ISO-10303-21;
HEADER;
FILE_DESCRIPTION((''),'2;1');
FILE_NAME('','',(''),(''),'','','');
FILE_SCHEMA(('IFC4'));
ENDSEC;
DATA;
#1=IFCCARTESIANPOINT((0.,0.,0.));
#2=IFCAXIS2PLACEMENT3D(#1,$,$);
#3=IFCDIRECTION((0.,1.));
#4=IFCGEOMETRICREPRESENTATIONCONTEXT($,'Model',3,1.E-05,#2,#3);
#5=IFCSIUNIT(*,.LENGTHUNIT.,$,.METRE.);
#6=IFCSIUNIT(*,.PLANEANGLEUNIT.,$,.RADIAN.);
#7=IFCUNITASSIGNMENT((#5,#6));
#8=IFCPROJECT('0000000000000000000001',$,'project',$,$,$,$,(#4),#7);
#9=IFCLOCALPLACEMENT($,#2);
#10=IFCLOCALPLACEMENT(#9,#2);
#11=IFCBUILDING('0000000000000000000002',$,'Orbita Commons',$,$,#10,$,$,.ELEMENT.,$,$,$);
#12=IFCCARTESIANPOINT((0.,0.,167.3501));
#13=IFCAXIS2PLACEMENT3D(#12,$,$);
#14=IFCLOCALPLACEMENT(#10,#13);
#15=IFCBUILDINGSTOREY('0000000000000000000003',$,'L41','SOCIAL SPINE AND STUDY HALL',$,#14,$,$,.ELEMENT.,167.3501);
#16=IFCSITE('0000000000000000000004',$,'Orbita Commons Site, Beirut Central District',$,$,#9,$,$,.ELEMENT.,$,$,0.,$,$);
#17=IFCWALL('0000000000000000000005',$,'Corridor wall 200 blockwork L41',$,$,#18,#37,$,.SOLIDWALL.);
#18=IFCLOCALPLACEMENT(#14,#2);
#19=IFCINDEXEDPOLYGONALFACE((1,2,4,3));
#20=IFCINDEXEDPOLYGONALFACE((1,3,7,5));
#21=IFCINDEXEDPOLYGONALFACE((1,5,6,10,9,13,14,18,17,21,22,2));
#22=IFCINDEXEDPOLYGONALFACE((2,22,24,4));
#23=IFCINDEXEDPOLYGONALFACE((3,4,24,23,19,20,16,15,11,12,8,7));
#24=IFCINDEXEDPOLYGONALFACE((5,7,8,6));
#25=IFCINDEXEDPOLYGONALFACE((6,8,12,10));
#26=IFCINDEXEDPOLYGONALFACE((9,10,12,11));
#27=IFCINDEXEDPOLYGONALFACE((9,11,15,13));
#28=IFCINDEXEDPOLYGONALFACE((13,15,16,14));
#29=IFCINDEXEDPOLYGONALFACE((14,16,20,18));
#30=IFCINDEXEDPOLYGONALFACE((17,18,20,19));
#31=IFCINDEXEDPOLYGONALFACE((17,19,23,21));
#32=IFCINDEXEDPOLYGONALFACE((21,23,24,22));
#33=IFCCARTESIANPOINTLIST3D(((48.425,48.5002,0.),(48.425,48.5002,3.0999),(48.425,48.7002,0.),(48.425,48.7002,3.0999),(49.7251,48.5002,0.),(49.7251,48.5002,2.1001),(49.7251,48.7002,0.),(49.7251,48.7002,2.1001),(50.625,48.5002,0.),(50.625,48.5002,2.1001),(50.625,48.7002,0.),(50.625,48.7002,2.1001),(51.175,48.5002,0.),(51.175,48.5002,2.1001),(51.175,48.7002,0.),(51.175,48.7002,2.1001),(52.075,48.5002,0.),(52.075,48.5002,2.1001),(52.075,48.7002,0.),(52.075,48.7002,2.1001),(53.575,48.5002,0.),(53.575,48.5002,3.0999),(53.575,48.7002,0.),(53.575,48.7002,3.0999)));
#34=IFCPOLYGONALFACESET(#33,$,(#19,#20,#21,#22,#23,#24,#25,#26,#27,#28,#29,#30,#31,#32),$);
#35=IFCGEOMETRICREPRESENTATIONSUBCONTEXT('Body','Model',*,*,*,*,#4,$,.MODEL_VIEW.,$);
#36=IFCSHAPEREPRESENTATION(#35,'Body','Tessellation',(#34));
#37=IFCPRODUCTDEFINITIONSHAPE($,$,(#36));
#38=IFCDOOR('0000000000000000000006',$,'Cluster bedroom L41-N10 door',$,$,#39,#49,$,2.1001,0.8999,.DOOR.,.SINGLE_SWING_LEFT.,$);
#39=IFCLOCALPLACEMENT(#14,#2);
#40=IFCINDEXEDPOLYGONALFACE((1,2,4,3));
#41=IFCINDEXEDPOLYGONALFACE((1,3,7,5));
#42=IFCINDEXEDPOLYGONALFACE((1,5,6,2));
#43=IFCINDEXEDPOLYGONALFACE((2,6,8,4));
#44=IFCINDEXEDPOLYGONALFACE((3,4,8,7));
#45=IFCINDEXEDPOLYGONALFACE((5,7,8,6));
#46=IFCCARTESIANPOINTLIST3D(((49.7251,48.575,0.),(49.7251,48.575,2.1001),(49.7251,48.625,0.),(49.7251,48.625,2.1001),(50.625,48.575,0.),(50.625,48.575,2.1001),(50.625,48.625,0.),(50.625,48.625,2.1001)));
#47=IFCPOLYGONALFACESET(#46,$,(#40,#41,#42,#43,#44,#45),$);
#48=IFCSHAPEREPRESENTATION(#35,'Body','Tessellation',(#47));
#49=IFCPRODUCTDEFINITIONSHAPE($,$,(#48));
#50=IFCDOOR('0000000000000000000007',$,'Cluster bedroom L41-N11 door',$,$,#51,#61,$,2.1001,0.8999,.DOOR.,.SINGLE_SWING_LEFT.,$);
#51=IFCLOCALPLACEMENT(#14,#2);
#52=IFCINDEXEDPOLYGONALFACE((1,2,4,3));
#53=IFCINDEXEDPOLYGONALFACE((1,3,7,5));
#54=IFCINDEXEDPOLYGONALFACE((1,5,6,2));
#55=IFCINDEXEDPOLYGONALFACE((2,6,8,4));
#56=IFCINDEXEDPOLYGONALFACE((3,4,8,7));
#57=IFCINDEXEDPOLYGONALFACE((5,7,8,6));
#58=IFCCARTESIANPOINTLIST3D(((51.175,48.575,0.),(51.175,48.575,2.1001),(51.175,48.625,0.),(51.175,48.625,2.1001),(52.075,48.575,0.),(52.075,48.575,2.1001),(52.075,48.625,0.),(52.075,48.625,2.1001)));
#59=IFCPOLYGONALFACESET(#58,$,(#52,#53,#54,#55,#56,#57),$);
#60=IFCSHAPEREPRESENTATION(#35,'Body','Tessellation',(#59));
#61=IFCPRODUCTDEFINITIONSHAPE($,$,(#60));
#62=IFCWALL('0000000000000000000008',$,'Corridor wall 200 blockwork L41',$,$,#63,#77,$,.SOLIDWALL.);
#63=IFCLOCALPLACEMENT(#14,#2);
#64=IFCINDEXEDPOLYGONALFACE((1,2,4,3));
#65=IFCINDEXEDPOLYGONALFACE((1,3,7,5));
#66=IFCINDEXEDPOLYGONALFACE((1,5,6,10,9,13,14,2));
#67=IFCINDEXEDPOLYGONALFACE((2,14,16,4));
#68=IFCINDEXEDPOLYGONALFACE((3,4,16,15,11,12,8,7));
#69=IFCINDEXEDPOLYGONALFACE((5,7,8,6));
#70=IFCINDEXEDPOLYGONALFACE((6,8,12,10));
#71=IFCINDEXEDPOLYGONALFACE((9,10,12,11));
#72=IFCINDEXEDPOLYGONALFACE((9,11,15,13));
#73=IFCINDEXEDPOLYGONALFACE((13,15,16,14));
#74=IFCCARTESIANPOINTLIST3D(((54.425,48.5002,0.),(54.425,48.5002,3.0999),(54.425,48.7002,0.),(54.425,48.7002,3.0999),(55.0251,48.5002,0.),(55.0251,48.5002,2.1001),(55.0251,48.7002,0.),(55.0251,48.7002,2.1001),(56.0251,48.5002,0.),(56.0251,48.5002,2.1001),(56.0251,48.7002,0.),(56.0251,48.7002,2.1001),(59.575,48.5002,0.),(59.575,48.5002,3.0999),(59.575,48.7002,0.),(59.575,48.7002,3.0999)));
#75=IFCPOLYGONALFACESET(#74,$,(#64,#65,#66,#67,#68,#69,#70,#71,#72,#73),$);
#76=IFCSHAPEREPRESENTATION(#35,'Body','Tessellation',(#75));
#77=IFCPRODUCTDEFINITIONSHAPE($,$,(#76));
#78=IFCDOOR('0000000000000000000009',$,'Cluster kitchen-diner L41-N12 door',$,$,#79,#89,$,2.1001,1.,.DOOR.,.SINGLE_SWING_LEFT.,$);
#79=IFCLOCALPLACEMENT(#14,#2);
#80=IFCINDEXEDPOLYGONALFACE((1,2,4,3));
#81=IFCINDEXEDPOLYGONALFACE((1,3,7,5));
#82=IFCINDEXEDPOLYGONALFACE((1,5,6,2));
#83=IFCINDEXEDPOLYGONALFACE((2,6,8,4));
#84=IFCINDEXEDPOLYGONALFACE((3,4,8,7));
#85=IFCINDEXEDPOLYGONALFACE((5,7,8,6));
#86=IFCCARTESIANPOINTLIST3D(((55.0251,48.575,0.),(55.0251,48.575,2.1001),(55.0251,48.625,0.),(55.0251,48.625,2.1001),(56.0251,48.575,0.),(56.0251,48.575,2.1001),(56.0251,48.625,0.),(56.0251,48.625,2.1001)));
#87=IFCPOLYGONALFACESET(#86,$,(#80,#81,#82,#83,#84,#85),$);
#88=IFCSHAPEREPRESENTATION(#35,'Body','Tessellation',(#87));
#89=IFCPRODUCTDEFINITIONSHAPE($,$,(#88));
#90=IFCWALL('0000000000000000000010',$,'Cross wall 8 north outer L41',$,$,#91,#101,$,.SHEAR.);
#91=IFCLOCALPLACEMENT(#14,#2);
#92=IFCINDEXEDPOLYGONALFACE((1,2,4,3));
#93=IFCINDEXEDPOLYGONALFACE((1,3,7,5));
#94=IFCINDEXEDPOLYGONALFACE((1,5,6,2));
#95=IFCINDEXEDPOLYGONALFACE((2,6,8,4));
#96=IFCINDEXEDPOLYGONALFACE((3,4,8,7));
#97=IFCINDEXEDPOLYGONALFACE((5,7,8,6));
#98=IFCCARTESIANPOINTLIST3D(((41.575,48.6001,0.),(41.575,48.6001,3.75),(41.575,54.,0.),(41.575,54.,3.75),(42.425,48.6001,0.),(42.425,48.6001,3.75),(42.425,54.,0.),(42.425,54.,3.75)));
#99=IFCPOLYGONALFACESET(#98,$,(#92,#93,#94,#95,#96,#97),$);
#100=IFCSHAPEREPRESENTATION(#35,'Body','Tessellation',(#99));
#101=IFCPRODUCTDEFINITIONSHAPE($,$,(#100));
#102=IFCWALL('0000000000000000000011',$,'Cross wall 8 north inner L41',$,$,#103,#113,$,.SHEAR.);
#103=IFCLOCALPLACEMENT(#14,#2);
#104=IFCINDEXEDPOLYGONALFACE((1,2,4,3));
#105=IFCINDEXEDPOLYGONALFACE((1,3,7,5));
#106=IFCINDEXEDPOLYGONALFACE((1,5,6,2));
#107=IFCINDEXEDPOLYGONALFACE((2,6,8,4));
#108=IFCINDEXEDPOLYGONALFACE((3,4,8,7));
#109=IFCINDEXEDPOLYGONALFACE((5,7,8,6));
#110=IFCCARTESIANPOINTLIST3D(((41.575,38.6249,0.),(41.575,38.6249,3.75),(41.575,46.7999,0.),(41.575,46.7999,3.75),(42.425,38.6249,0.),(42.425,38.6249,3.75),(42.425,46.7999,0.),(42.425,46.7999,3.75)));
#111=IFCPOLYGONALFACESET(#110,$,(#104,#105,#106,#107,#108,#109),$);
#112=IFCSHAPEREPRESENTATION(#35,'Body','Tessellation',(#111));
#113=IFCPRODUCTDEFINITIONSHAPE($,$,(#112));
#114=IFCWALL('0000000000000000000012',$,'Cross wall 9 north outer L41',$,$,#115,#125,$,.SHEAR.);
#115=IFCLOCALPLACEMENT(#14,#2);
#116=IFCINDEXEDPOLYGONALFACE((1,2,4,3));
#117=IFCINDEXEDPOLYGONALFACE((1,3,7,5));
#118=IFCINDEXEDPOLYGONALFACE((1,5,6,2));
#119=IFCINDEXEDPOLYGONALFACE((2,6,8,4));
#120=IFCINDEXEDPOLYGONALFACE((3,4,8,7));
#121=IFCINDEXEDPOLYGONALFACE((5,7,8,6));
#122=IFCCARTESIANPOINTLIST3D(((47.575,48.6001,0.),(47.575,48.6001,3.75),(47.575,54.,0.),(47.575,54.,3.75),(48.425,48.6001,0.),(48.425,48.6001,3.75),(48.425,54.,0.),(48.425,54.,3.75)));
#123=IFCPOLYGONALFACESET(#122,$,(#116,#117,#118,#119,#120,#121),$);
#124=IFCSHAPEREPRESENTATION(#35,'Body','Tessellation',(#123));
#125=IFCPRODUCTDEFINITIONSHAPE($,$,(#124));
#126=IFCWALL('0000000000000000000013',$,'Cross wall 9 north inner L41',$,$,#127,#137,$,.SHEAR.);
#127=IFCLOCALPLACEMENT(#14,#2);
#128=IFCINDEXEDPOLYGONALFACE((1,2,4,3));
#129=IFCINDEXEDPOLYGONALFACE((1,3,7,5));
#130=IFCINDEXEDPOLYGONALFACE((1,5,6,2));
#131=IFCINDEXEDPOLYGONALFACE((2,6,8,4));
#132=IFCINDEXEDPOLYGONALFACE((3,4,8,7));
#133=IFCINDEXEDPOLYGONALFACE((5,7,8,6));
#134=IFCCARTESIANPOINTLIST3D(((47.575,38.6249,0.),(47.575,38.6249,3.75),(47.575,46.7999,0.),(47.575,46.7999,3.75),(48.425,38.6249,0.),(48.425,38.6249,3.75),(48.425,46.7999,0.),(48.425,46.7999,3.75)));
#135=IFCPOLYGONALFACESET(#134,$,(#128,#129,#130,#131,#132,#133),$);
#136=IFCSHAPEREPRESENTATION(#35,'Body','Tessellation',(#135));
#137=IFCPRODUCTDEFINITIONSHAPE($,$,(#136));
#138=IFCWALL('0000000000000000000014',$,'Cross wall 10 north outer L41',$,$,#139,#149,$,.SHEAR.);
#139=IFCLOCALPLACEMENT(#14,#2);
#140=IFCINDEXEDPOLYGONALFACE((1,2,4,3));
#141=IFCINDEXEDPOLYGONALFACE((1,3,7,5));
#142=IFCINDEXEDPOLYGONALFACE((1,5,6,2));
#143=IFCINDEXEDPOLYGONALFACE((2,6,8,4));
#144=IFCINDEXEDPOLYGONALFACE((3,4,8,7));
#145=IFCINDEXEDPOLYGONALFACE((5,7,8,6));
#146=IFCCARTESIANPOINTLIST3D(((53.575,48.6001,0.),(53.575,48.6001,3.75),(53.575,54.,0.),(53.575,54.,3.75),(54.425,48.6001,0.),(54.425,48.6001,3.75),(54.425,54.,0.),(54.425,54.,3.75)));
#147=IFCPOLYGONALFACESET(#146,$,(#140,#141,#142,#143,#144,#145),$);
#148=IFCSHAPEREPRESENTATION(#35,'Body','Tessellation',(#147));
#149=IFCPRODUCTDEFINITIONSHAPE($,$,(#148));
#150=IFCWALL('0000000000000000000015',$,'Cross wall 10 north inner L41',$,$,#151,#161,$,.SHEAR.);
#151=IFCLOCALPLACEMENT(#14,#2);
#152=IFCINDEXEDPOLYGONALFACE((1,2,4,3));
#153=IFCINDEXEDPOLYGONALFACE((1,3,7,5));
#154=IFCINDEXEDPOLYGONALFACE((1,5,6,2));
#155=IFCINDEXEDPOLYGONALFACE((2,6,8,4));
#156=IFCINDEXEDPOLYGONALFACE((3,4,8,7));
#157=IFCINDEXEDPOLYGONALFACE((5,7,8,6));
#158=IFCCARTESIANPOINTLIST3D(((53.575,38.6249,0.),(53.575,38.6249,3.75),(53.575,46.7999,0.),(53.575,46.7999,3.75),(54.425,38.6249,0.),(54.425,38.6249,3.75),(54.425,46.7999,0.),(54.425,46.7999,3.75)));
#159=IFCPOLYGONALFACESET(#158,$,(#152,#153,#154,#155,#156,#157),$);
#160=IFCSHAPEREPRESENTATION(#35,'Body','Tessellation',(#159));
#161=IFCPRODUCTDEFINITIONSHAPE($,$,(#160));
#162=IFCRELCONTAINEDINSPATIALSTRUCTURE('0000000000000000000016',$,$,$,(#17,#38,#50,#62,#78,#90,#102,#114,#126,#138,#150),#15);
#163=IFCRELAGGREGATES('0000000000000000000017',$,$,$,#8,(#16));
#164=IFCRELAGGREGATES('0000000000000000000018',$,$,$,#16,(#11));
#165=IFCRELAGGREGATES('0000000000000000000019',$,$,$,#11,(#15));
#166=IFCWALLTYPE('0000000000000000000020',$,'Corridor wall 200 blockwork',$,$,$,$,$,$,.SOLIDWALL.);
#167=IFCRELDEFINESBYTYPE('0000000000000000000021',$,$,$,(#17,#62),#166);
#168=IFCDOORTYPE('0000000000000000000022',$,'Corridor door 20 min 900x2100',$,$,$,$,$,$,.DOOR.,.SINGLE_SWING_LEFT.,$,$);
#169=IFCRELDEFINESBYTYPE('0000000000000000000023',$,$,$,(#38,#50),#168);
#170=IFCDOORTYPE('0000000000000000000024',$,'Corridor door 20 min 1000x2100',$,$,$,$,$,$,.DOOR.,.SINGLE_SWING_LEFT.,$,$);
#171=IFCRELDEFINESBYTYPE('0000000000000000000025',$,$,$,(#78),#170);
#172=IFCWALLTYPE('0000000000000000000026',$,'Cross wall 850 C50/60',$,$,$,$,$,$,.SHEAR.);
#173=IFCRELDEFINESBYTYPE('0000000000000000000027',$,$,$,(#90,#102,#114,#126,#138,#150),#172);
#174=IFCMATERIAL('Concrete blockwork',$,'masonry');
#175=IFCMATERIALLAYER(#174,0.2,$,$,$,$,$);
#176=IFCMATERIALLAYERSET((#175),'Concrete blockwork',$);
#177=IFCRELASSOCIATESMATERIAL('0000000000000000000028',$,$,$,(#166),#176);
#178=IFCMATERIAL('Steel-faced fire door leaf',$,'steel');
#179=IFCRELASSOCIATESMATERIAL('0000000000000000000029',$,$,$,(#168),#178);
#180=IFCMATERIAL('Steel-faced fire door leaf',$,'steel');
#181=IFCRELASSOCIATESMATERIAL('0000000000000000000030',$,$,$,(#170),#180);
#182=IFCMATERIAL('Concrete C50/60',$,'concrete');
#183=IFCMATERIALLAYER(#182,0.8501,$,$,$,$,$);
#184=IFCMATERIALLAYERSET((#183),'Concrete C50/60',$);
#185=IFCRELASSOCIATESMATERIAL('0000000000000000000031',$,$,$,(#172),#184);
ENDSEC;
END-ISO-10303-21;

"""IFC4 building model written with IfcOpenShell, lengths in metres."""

from ifc_helpers import new_model, si_unit, direction, frame, frame_2d, origin, place, context, subcontext, project, spatial, polyline, rectangle, outline, extrude, material, layer, layer_set, type_object, element, fill, save


model = new_model("IFC4")

# Units and contexts
model_context = context("Model", 3, precision=1e-05, world=origin(), true_north=direction((0.0, 1.0)))
body_context = subcontext(model_context, "Body", "Model", "MODEL_VIEW")
ifc_project = project(units=[si_unit("LENGTHUNIT", "METRE"), si_unit("PLANEANGLEUNIT", "RADIAN")], contexts=[model_context])

# Site, building, storey
site_placement = place(None, origin())
site = spatial("IfcSite", under=ifc_project, at=site_placement, Name="Orbita Commons Site, Beirut Central District", CompositionType="ELEMENT", RefElevation=0.0)
building_placement = place(site_placement, origin())
building = spatial("IfcBuilding", under=site, at=building_placement, Name="Orbita Commons", CompositionType="ELEMENT")
storey_placement = place(building_placement, frame((0.0, 0.0, 167.3501)))
storey = spatial("IfcBuildingStorey", under=building, at=storey_placement, Name="L41", Description="SOCIAL SPINE AND STUDY HALL", CompositionType="ELEMENT", Elevation=167.3501)

# Shared definitions
ifc_material_1 = material(Name="Concrete blockwork", Category="masonry")
ifc_layer_1 = layer(ifc_material_1, 0.2)
ifc_layer_set_1 = layer_set([ifc_layer_1], Name="Concrete blockwork")
wall_type_1 = type_object("IfcWallType", Name="Corridor wall 200 blockwork", PredefinedType="SOLIDWALL", material=ifc_layer_set_1)
ifc_material_2 = material(Name="Steel-faced fire door leaf", Category="steel")
door_type_1 = type_object("IfcDoorType", Name="Corridor door 20 min 900x2100", OperationType="SINGLE_SWING_LEFT", PredefinedType="DOOR", material=ifc_material_2)

# Wall, openings, doors
wall_1_placement = place(storey_placement, frame((48.425, 48.6001, 0.0), z_axis=(0.0, 0.0, 1.0), x_axis=(1.0, 0.0, 0.0)))
wall_1 = element("IfcWall", 1, at=wall_1_placement, inside=storey, type_object=wall_type_1, Name="Corridor wall 200 blockwork L41", PredefinedType="SOLIDWALL", context=body_context, shape_type="SweptSolid", body=[
    extrude(outline(polyline([(0.0, 0.0), (5.1499, 0.0), (5.1499, 3.0999), (0.0, 3.0999), (0.0, 0.0)])), frame((0.0, 0.1001, 0.0), z_axis=(0.0, -1.0, 0.0), x_axis=(1.0, 0.0, 0.0)), (0.0, 0.0, 1.0), 0.2),
])
opening_1_placement = place(wall_1_placement, frame((1.3, 0.0, 0.0)))
opening_1 = element("IfcOpeningElement", 2, at=opening_1_placement, cuts=wall_1, PredefinedType="OPENING", context=body_context, shape_type="SweptSolid", body=[
    extrude(rectangle(XDim=0.8999, YDim=2.1001, at=frame_2d((0.45, 1.05))), frame((0.0, 0.1099, 0.0), z_axis=(0.0, -1.0, 0.0), x_axis=(1.0, 0.0, 0.0)), (0.0, 0.0, 1.0), 0.22),
])
opening_2_placement = place(wall_1_placement, frame((2.75, 0.0, 0.0)))
opening_2 = element("IfcOpeningElement", 3, at=opening_2_placement, cuts=wall_1, PredefinedType="OPENING", context=body_context, shape_type="SweptSolid", body=[
    extrude(rectangle(XDim=0.8999, YDim=2.1001, at=frame_2d((0.45, 1.05))), frame((0.0, 0.1099, 0.0), z_axis=(0.0, -1.0, 0.0), x_axis=(1.0, 0.0, 0.0)), (0.0, 0.0, 1.0), 0.22),
])
door_1_placement = place(opening_1_placement, origin())
door_1 = element("IfcDoor", 4, at=door_1_placement, inside=storey, type_object=door_type_1, Name="Cluster bedroom L41-N10 door", OperationType="SINGLE_SWING_LEFT", OverallHeight=2.1001, OverallWidth=0.8999, PredefinedType="DOOR", context=body_context, shape_type="SweptSolid", body=[
    extrude(rectangle(XDim=0.8999, YDim=2.1001, at=frame_2d((0.45, 1.05))), frame((0.0, 0.0249, 0.0), z_axis=(0.0, -1.0, 0.0), x_axis=(1.0, 0.0, 0.0)), (0.0, 0.0, 1.0), 0.05),
])
fill(opening_1, door_1)
door_2_placement = place(opening_2_placement, origin())
door_2 = element("IfcDoor", 5, at=door_2_placement, inside=storey, type_object=door_type_1, Name="Cluster bedroom L41-N11 door", OperationType="SINGLE_SWING_LEFT", OverallHeight=2.1001, OverallWidth=0.8999, PredefinedType="DOOR", context=body_context, shape_type="SweptSolid", body=[
    extrude(rectangle(XDim=0.8999, YDim=2.1001, at=frame_2d((0.45, 1.05))), frame((0.0, 0.0249, 0.0), z_axis=(0.0, -1.0, 0.0), x_axis=(1.0, 0.0, 0.0)), (0.0, 0.0, 1.0), 0.05),
])
fill(opening_2, door_2)

# Wall, opening, door
wall_2_placement = place(storey_placement, frame((54.425, 48.6001, 0.0), z_axis=(0.0, 0.0, 1.0), x_axis=(1.0, 0.0, 0.0)))
wall_2 = element("IfcWall", 6, at=wall_2_placement, inside=storey, type_object=wall_type_1, Name="Corridor wall 200 blockwork L41", PredefinedType="SOLIDWALL", context=body_context, shape_type="SweptSolid", body=[
    extrude(outline(polyline([(0.0, 0.0), (5.1499, 0.0), (5.1499, 3.0999), (0.0, 3.0999), (0.0, 0.0)])), frame((0.0, 0.1001, 0.0), z_axis=(0.0, -1.0, 0.0), x_axis=(1.0, 0.0, 0.0)), (0.0, 0.0, 1.0), 0.2),
])
opening_3_placement = place(wall_2_placement, frame((0.6001, 0.0, 0.0)))
opening_3 = element("IfcOpeningElement", 7, at=opening_3_placement, cuts=wall_2, PredefinedType="OPENING", context=body_context, shape_type="SweptSolid", body=[
    extrude(rectangle(XDim=1.0, YDim=2.1001, at=frame_2d((0.5, 1.05))), frame((0.0, 0.1099, 0.0), z_axis=(0.0, -1.0, 0.0), x_axis=(1.0, 0.0, 0.0)), (0.0, 0.0, 1.0), 0.22),
])
ifc_material_3 = material(Name="Steel-faced fire door leaf", Category="steel")
door_type_2 = type_object("IfcDoorType", Name="Corridor door 20 min 1000x2100", OperationType="SINGLE_SWING_LEFT", PredefinedType="DOOR", material=ifc_material_3)
door_3_placement = place(opening_3_placement, origin())
door_3 = element("IfcDoor", 8, at=door_3_placement, inside=storey, type_object=door_type_2, Name="Cluster kitchen-diner L41-N12 door", OperationType="SINGLE_SWING_LEFT", OverallHeight=2.1001, OverallWidth=1.0, PredefinedType="DOOR", context=body_context, shape_type="SweptSolid", body=[
    extrude(rectangle(XDim=1.0, YDim=2.1001, at=frame_2d((0.5, 1.05))), frame((0.0, 0.0249, 0.0), z_axis=(0.0, -1.0, 0.0), x_axis=(1.0, 0.0, 0.0)), (0.0, 0.0, 1.0), 0.05),
])
fill(opening_3, door_3)

# Walls
ifc_material_4 = material(Name="Concrete C50/60", Category="concrete")
ifc_layer_2 = layer(ifc_material_4, 0.8501)
ifc_layer_set_2 = layer_set([ifc_layer_2], Name="Concrete C50/60")
wall_type_2 = type_object("IfcWallType", Name="Cross wall 850 C50/60", PredefinedType="SHEAR", material=ifc_layer_set_2)
wall_3_placement = place(storey_placement, frame((42.0, 48.6001, 0.0), z_axis=(0.0, 0.0, 1.0), x_axis=(0.0, 1.0, 0.0)))
element("IfcWall", 9, at=wall_3_placement, inside=storey, type_object=wall_type_2, Name="Cross wall 8 north outer L41", PredefinedType="SHEAR", context=body_context, shape_type="SweptSolid", body=[
    extrude(rectangle(XDim=5.3999, YDim=0.8501, at=frame_2d((2.7, 0.0))), origin(), (0.0, 0.0, 1.0), 3.75),
])
wall_4_placement = place(storey_placement, frame((42.0, 38.625, 0.0), z_axis=(0.0, 0.0, 1.0), x_axis=(0.0, 1.0, 0.0)))
element("IfcWall", 10, at=wall_4_placement, inside=storey, type_object=wall_type_2, Name="Cross wall 8 north inner L41", PredefinedType="SHEAR", context=body_context, shape_type="SweptSolid", body=[
    extrude(rectangle(XDim=8.175, YDim=0.8501, at=frame_2d((4.0874, 0.0))), origin(), (0.0, 0.0, 1.0), 3.75),
])
wall_5_placement = place(storey_placement, frame((48.0, 48.6001, 0.0), z_axis=(0.0, 0.0, 1.0), x_axis=(0.0, 1.0, 0.0)))
element("IfcWall", 11, at=wall_5_placement, inside=storey, type_object=wall_type_2, Name="Cross wall 9 north outer L41", PredefinedType="SHEAR", context=body_context, shape_type="SweptSolid", body=[
    extrude(rectangle(XDim=5.3999, YDim=0.8501, at=frame_2d((2.7, 0.0))), origin(), (0.0, 0.0, 1.0), 3.75),
])
wall_6_placement = place(storey_placement, frame((48.0, 38.625, 0.0), z_axis=(0.0, 0.0, 1.0), x_axis=(0.0, 1.0, 0.0)))
element("IfcWall", 12, at=wall_6_placement, inside=storey, type_object=wall_type_2, Name="Cross wall 9 north inner L41", PredefinedType="SHEAR", context=body_context, shape_type="SweptSolid", body=[
    extrude(rectangle(XDim=8.175, YDim=0.8501, at=frame_2d((4.0874, 0.0))), origin(), (0.0, 0.0, 1.0), 3.75),
])
wall_7_placement = place(storey_placement, frame((54.0, 48.6001, 0.0), z_axis=(0.0, 0.0, 1.0), x_axis=(0.0, 1.0, 0.0)))
element("IfcWall", 13, at=wall_7_placement, inside=storey, type_object=wall_type_2, Name="Cross wall 10 north outer L41", PredefinedType="SHEAR", context=body_context, shape_type="SweptSolid", body=[
    extrude(rectangle(XDim=5.3999, YDim=0.8501, at=frame_2d((2.7, 0.0))), origin(), (0.0, 0.0, 1.0), 3.75),
])
wall_8_placement = place(storey_placement, frame((54.0, 38.625, 0.0), z_axis=(0.0, 0.0, 1.0), x_axis=(0.0, 1.0, 0.0)))
element("IfcWall", 14, at=wall_8_placement, inside=storey, type_object=wall_type_2, Name="Cross wall 10 north inner L41", PredefinedType="SHEAR", context=body_context, shape_type="SweptSolid", body=[
    extrude(rectangle(XDim=8.175, YDim=0.8501, at=frame_2d((4.0874, 0.0))), origin(), (0.0, 0.0, 1.0), 3.75),
])

save(model, "model.ifc")
